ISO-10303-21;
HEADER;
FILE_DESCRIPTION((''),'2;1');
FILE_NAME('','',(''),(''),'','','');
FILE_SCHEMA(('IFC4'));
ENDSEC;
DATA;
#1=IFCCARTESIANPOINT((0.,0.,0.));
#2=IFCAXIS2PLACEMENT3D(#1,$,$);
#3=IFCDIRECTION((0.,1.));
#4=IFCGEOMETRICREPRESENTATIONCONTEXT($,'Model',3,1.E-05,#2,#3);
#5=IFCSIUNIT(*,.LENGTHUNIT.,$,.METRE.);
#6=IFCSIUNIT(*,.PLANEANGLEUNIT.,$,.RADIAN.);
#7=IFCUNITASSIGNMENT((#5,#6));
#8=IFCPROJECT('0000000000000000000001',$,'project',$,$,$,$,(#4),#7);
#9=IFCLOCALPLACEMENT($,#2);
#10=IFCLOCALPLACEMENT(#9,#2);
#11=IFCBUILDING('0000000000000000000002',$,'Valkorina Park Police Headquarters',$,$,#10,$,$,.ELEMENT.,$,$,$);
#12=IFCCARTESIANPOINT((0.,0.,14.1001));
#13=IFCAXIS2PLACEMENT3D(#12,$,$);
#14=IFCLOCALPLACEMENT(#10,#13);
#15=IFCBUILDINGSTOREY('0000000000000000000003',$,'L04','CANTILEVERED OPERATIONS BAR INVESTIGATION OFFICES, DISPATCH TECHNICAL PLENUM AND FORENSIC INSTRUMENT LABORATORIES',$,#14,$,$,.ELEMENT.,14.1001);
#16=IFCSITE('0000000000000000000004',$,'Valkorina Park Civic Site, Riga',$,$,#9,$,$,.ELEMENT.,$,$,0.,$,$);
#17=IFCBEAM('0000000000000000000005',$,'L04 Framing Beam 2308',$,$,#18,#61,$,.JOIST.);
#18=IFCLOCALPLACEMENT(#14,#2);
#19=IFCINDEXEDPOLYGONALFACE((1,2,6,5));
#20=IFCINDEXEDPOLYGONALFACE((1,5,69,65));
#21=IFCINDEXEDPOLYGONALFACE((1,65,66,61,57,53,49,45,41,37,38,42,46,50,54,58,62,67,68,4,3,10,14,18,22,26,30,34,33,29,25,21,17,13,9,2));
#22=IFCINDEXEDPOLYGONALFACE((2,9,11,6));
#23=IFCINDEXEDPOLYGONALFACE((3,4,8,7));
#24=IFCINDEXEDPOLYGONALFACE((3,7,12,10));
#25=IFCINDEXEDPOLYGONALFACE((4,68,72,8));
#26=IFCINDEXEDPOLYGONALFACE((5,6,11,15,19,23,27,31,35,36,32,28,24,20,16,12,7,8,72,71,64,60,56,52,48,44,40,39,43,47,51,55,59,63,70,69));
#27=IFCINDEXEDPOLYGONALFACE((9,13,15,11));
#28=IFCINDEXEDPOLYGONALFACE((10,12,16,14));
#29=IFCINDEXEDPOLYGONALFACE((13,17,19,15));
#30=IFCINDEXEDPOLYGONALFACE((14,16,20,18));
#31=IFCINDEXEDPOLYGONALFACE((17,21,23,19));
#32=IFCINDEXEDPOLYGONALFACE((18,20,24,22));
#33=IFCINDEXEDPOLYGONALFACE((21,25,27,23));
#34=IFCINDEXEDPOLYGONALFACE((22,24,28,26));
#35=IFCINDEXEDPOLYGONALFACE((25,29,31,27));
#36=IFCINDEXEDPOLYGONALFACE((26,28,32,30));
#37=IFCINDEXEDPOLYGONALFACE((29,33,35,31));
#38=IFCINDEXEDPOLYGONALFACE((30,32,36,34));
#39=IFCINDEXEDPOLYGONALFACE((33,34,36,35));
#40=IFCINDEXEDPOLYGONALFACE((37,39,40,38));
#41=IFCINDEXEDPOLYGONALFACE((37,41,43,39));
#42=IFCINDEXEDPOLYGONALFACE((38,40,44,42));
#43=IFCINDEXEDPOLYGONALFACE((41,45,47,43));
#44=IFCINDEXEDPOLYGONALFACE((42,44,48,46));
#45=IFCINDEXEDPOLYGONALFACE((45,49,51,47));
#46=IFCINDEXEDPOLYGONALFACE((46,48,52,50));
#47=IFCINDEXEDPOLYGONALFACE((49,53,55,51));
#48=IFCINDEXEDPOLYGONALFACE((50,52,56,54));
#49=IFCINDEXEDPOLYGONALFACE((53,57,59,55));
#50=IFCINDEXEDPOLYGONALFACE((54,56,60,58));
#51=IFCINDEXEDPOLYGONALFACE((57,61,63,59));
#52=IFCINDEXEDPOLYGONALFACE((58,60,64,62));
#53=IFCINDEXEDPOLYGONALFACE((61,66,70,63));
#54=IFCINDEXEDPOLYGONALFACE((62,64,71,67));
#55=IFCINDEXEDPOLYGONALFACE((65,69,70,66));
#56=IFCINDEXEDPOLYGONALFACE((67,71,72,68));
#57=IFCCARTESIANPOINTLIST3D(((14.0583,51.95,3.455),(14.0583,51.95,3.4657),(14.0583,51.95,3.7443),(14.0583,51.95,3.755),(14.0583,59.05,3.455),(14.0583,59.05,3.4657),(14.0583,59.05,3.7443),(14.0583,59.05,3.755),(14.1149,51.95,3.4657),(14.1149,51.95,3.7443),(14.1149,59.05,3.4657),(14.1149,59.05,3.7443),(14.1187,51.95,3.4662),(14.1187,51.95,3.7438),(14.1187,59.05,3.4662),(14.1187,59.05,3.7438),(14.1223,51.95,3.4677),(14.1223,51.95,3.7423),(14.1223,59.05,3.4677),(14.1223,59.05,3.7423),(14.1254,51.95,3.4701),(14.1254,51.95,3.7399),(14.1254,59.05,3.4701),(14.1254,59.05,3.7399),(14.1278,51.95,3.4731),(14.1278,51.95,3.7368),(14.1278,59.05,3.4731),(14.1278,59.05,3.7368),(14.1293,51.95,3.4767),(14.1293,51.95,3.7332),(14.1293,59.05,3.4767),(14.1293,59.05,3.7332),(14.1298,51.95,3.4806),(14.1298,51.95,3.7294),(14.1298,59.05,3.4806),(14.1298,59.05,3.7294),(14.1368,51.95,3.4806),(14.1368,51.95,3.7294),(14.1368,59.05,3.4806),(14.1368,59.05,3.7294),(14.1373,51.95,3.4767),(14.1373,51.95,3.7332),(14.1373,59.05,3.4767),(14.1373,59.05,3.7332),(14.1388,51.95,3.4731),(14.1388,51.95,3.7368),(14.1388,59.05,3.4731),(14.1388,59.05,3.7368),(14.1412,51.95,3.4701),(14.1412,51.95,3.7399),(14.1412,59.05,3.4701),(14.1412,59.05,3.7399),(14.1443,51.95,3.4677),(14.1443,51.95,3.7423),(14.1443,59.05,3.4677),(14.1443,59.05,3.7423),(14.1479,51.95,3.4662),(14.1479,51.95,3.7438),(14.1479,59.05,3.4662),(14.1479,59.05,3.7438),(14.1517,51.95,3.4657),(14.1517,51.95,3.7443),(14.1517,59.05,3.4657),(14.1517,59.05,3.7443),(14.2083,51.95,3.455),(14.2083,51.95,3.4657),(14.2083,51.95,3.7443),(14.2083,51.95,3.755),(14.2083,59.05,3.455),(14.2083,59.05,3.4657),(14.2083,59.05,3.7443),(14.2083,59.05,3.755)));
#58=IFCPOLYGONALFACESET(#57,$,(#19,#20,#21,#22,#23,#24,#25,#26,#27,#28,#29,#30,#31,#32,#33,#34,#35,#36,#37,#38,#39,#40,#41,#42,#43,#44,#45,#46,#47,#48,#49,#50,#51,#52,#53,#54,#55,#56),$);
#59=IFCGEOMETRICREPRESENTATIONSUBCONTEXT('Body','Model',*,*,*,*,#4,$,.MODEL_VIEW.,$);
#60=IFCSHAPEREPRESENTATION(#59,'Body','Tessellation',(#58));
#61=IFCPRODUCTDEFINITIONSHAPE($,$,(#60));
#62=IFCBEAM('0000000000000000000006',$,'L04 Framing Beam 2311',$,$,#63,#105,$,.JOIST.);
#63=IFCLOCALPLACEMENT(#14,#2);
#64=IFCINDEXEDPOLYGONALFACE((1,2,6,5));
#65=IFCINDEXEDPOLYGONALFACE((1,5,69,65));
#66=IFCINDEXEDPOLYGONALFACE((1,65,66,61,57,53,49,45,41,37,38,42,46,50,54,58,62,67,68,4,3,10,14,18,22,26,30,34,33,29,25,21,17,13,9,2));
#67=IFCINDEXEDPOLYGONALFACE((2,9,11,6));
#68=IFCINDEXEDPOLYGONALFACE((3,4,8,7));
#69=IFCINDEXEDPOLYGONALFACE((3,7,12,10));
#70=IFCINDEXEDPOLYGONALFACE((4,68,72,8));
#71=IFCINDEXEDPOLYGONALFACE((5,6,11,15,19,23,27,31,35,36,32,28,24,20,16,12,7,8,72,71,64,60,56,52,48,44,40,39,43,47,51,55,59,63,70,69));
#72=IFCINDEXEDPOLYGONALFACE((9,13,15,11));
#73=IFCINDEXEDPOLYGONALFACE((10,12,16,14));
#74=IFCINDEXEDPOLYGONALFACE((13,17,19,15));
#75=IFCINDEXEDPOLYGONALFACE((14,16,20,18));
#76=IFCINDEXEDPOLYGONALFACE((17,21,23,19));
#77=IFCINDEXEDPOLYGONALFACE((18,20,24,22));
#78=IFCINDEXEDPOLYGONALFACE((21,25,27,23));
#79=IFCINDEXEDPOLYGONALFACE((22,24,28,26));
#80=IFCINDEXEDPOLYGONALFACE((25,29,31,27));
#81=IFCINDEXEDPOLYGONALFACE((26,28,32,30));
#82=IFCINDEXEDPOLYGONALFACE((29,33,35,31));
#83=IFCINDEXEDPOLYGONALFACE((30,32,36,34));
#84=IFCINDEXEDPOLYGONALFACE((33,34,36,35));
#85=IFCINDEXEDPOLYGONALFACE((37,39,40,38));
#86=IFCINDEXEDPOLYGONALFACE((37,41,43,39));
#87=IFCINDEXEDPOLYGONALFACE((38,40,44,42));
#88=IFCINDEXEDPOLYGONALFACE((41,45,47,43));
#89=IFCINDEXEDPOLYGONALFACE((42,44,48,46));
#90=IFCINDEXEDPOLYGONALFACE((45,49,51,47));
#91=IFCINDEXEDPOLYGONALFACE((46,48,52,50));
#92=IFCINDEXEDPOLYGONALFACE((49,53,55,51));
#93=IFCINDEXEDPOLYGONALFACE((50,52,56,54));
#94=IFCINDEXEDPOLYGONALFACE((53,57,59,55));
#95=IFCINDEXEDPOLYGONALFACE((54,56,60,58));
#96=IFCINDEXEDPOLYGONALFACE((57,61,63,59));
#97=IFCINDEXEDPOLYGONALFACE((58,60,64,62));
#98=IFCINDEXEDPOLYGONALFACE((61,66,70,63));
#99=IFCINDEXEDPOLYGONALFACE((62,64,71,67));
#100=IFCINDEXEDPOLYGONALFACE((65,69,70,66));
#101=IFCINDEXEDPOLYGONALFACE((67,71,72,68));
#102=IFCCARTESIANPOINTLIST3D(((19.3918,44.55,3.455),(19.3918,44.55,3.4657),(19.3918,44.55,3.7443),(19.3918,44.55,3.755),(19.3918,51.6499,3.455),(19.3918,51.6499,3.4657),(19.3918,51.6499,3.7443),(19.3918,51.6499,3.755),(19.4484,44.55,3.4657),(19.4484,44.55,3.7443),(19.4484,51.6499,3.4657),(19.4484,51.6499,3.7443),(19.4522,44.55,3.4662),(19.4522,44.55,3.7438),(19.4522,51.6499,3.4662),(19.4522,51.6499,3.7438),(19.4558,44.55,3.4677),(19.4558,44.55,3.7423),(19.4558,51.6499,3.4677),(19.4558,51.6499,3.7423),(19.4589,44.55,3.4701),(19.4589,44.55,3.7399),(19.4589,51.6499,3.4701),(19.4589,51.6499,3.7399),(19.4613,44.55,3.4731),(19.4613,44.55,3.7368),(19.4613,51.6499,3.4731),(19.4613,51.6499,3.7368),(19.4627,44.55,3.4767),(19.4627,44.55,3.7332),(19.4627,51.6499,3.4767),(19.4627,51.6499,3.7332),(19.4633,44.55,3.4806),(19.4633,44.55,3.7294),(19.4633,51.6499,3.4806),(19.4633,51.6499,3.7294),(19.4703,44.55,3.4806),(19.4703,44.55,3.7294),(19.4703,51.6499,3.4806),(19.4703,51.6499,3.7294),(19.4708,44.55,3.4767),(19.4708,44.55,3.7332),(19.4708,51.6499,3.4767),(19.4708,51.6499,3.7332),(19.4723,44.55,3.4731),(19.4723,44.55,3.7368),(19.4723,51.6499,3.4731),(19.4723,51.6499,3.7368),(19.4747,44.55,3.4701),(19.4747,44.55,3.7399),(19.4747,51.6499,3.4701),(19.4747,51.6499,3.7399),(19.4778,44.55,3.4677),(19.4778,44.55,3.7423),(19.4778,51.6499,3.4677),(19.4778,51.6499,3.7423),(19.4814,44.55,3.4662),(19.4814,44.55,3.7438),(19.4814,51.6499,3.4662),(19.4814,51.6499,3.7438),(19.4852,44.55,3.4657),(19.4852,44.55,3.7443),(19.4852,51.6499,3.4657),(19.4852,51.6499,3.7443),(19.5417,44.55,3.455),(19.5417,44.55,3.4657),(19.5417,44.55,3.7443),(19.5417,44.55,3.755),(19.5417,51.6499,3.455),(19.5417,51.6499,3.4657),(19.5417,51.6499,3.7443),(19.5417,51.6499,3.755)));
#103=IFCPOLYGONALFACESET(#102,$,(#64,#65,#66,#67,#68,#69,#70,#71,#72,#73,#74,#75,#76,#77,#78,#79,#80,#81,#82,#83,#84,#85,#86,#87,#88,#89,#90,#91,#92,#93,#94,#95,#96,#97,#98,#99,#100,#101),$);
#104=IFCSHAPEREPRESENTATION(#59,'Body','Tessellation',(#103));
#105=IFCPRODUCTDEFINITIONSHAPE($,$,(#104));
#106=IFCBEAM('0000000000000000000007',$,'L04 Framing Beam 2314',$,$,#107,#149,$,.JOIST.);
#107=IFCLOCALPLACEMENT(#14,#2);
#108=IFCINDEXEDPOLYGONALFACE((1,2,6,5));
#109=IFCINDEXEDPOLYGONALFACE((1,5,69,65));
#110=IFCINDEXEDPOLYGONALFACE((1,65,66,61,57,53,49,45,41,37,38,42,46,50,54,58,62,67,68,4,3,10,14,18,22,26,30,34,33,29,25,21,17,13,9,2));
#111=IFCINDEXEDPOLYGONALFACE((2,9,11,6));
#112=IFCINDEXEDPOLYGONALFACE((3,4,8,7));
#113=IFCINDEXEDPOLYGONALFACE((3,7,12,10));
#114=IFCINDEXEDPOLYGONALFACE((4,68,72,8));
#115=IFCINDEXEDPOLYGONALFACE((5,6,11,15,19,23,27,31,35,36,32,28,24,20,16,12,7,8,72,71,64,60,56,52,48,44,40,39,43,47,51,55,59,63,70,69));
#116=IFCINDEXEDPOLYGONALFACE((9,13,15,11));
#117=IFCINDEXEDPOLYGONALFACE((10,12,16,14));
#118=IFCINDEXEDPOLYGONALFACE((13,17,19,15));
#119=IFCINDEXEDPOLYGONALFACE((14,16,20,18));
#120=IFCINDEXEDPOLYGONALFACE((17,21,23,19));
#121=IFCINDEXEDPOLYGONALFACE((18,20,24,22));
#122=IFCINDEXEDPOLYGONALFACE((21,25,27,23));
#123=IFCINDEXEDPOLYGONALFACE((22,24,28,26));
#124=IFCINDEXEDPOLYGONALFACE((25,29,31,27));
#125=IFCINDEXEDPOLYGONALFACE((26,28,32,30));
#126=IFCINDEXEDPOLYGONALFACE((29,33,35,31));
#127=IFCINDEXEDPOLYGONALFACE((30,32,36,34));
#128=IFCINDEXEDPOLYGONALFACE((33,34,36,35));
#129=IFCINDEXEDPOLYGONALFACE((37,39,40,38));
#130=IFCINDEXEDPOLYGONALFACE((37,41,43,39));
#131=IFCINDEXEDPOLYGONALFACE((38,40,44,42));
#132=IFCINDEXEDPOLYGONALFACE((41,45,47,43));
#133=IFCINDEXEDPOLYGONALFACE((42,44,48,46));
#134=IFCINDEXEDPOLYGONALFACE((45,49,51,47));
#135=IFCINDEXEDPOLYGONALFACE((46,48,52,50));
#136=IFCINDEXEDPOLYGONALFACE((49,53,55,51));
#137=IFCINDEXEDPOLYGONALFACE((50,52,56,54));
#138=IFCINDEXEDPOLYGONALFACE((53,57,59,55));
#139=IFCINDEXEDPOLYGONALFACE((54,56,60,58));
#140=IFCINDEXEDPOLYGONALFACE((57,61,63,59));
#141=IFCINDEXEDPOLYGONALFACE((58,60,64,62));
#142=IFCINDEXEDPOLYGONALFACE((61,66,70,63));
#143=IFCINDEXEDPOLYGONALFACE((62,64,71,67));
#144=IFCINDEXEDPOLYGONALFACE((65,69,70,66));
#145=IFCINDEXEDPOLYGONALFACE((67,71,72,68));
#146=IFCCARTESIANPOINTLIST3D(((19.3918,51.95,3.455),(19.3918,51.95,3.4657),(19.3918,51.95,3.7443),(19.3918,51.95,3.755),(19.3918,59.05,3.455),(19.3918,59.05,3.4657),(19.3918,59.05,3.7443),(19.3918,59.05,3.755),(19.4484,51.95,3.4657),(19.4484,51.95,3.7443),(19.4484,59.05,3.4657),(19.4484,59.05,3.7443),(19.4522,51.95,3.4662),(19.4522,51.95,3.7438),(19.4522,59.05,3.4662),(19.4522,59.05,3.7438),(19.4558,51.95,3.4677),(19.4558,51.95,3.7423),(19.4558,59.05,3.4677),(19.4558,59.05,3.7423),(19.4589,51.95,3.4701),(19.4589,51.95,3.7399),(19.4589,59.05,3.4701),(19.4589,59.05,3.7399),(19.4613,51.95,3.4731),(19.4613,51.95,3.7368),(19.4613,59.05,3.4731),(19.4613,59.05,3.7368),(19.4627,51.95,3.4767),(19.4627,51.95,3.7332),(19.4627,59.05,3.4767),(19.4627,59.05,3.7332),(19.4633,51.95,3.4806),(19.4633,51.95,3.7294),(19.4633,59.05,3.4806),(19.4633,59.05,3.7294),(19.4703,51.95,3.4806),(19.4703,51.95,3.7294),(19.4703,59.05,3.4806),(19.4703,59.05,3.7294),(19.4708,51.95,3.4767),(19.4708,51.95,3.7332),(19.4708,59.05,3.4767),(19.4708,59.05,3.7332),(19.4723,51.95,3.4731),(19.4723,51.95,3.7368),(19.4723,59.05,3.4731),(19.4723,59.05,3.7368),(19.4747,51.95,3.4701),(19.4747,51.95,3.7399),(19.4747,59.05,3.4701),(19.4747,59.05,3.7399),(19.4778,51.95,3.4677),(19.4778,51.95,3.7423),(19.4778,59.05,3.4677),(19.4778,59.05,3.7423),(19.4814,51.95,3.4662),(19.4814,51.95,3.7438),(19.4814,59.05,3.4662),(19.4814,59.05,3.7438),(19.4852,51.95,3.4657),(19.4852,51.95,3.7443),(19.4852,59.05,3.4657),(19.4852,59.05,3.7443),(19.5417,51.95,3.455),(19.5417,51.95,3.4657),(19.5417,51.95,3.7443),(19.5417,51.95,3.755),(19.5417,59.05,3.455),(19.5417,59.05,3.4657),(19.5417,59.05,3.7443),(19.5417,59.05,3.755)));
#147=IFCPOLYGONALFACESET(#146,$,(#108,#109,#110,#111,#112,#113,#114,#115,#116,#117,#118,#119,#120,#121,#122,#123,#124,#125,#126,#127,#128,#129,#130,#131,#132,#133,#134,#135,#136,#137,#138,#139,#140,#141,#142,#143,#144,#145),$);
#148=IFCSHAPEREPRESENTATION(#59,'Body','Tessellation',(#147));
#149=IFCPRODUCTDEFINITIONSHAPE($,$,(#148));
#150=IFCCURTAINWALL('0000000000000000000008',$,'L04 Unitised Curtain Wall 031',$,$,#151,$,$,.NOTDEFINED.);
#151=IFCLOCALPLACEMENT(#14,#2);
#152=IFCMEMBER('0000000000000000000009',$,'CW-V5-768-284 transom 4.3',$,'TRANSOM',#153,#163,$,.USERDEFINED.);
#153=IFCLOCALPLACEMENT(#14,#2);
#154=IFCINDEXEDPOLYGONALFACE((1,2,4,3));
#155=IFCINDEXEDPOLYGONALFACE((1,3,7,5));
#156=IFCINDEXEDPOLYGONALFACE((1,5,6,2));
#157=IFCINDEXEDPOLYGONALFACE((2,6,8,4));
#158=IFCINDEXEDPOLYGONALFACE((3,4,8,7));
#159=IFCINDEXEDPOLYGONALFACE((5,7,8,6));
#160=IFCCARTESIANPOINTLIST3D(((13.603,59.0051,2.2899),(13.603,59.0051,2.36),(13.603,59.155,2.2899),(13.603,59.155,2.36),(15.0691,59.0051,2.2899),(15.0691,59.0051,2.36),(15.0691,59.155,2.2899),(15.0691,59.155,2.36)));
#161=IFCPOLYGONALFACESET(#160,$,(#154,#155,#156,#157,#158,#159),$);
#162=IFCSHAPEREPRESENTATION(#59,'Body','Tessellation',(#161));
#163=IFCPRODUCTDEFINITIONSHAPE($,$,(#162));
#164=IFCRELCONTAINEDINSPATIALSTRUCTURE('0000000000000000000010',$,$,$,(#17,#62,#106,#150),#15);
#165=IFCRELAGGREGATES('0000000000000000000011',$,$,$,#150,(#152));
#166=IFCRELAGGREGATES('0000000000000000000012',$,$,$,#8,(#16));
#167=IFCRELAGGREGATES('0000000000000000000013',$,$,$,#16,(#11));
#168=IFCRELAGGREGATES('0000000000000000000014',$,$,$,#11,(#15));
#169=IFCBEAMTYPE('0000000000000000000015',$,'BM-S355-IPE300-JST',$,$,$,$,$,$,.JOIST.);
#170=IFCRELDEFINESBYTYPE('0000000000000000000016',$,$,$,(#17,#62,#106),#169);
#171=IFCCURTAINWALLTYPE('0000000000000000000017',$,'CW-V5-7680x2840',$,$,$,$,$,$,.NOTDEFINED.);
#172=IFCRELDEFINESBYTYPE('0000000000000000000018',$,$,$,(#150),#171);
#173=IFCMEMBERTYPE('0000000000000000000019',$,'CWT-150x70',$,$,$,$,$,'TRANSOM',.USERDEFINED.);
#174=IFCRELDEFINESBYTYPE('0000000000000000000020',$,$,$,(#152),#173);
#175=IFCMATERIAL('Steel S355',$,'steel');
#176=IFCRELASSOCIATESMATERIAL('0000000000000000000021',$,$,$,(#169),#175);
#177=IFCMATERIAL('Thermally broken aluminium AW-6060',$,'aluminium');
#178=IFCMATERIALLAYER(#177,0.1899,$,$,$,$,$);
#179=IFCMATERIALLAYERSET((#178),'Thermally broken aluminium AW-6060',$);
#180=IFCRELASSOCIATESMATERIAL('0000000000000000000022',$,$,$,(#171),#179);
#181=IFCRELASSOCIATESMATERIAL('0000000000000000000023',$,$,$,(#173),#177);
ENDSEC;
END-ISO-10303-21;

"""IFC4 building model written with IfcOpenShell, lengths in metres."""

from ifc_helpers import new_model, si_unit, direction, frame, origin, origin_2d, place, context, subcontext, project, spatial, rectangle, i_section, extrude, material, layer, layer_set, material_profile, profile_set, type_object, element, aggregate, save


model = new_model("IFC4")

# Units and contexts
model_context = context("Model", 3, precision=1e-05, world=origin(), true_north=direction((0.0, 1.0)))
body_context = subcontext(model_context, "Body", "Model", "MODEL_VIEW")
ifc_project = project(units=[si_unit("LENGTHUNIT", "METRE"), si_unit("PLANEANGLEUNIT", "RADIAN")], contexts=[model_context])

# Site, building, storey
site_placement = place(None, origin())
site = spatial("IfcSite", under=ifc_project, at=site_placement, Name="Valkorina Park Civic Site, Riga", CompositionType="ELEMENT", RefElevation=0.0)
building_placement = place(site_placement, origin())
building = spatial("IfcBuilding", under=site, at=building_placement, Name="Valkorina Park Police Headquarters", CompositionType="ELEMENT")
storey_placement = place(building_placement, frame((0.0, 0.0, 14.1001)))
storey = spatial("IfcBuildingStorey", under=building, at=storey_placement, Name="L04", Description="CANTILEVERED OPERATIONS BAR INVESTIGATION OFFICES, DISPATCH TECHNICAL PLENUM AND FORENSIC INSTRUMENT LABORATORIES", CompositionType="ELEMENT", Elevation=14.1001)

# Shared definitions
ifc_material_1 = material(Name="Steel S355", Category="steel")

# Beams
ifc_material_profile_1 = material_profile(ifc_material_1, i_section(OverallWidth=0.1499, OverallDepth=0.3, WebThickness=0.0071, FlangeThickness=0.0107, FilletRadius=0.0149, at=origin_2d()), Name="IPE 300")
ifc_profile_set_1 = profile_set([ifc_material_profile_1], Name="Steel S355")
beam_type_1 = type_object("IfcBeamType", Name="BM-S355-IPE300-JST", PredefinedType="JOIST", material=ifc_profile_set_1)
beam_1_placement = place(storey_placement, frame((14.1333, 51.95, 3.605), z_axis=(0.0, 1.0, 0.0), x_axis=(-1.0, 0.0, 0.0)))
element("IfcBeam", 1, at=beam_1_placement, inside=storey, type_object=beam_type_1, Name="L04 Framing Beam 2308", PredefinedType="JOIST", context=body_context, shape_type="SweptSolid", body=[
    extrude(i_section(OverallWidth=0.1499, OverallDepth=0.3, WebThickness=0.0071, FlangeThickness=0.0107, FilletRadius=0.0149, at=origin_2d()), origin(), (0.0, 0.0, 1.0), 7.1001),
])
beam_2_placement = place(storey_placement, frame((19.4668, 44.55, 3.605), z_axis=(0.0, 1.0, 0.0), x_axis=(-1.0, 0.0, 0.0)))
element("IfcBeam", 2, at=beam_2_placement, inside=storey, type_object=beam_type_1, Name="L04 Framing Beam 2311", PredefinedType="JOIST", context=body_context, shape_type="SweptSolid", body=[
    extrude(i_section(OverallWidth=0.1499, OverallDepth=0.3, WebThickness=0.0071, FlangeThickness=0.0107, FilletRadius=0.0149, at=origin_2d()), origin(), (0.0, 0.0, 1.0), 7.0999),
])
beam_3_placement = place(storey_placement, frame((19.4668, 51.95, 3.605), z_axis=(0.0, 1.0, 0.0), x_axis=(-1.0, 0.0, 0.0)))
element("IfcBeam", 3, at=beam_3_placement, inside=storey, type_object=beam_type_1, Name="L04 Framing Beam 2314", PredefinedType="JOIST", context=body_context, shape_type="SweptSolid", body=[
    extrude(i_section(OverallWidth=0.1499, OverallDepth=0.3, WebThickness=0.0071, FlangeThickness=0.0107, FilletRadius=0.0149, at=origin_2d()), origin(), (0.0, 0.0, 1.0), 7.1001),
])

# Curtain wall, member
ifc_material_2 = material(Name="Thermally broken aluminium AW-6060", Category="aluminium")
ifc_layer_1 = layer(ifc_material_2, 0.1899)
ifc_layer_set_1 = layer_set([ifc_layer_1], Name="Thermally broken aluminium AW-6060")
curtain_wall_type = type_object("IfcCurtainWallType", Name="CW-V5-7680x2840", PredefinedType="NOTDEFINED", material=ifc_layer_set_1)
curtain_wall_placement = place(storey_placement, origin())
curtain_wall = element("IfcCurtainWall", 4, at=curtain_wall_placement, inside=storey, type_object=curtain_wall_type, Name="L04 Unitised Curtain Wall 031", PredefinedType="NOTDEFINED")
ifc_material_profile_2 = material_profile(ifc_material_2, rectangle(XDim=0.1499, YDim=0.0701, at=origin_2d()), Name="CWT-02 150x70")
ifc_profile_set_2 = profile_set([ifc_material_profile_2], Name="Thermally broken aluminium AW-6060")
member_type_1 = type_object("IfcMemberType", Name="CWT-150x70", ElementType="TRANSOM", PredefinedType="USERDEFINED", material=ifc_profile_set_2)
member_1_placement = place(storey_placement, frame((13.603, 59.0801, 2.325), z_axis=(1.0, 0.0, 0.0), x_axis=(0.0, 1.0, 0.0)))
member_1 = element("IfcMember", 5, at=member_1_placement, type_object=member_type_1, Name="CW-V5-768-284 transom 4.3", ObjectType="TRANSOM", PredefinedType="USERDEFINED", context=body_context, shape_type="SweptSolid", body=[
    extrude(rectangle(XDim=0.1499, YDim=0.0701, at=origin_2d()), origin(), (0.0, 0.0, 1.0), 1.4661),
])
aggregate(curtain_wall, [member_1])

save(model, "model.ifc")
